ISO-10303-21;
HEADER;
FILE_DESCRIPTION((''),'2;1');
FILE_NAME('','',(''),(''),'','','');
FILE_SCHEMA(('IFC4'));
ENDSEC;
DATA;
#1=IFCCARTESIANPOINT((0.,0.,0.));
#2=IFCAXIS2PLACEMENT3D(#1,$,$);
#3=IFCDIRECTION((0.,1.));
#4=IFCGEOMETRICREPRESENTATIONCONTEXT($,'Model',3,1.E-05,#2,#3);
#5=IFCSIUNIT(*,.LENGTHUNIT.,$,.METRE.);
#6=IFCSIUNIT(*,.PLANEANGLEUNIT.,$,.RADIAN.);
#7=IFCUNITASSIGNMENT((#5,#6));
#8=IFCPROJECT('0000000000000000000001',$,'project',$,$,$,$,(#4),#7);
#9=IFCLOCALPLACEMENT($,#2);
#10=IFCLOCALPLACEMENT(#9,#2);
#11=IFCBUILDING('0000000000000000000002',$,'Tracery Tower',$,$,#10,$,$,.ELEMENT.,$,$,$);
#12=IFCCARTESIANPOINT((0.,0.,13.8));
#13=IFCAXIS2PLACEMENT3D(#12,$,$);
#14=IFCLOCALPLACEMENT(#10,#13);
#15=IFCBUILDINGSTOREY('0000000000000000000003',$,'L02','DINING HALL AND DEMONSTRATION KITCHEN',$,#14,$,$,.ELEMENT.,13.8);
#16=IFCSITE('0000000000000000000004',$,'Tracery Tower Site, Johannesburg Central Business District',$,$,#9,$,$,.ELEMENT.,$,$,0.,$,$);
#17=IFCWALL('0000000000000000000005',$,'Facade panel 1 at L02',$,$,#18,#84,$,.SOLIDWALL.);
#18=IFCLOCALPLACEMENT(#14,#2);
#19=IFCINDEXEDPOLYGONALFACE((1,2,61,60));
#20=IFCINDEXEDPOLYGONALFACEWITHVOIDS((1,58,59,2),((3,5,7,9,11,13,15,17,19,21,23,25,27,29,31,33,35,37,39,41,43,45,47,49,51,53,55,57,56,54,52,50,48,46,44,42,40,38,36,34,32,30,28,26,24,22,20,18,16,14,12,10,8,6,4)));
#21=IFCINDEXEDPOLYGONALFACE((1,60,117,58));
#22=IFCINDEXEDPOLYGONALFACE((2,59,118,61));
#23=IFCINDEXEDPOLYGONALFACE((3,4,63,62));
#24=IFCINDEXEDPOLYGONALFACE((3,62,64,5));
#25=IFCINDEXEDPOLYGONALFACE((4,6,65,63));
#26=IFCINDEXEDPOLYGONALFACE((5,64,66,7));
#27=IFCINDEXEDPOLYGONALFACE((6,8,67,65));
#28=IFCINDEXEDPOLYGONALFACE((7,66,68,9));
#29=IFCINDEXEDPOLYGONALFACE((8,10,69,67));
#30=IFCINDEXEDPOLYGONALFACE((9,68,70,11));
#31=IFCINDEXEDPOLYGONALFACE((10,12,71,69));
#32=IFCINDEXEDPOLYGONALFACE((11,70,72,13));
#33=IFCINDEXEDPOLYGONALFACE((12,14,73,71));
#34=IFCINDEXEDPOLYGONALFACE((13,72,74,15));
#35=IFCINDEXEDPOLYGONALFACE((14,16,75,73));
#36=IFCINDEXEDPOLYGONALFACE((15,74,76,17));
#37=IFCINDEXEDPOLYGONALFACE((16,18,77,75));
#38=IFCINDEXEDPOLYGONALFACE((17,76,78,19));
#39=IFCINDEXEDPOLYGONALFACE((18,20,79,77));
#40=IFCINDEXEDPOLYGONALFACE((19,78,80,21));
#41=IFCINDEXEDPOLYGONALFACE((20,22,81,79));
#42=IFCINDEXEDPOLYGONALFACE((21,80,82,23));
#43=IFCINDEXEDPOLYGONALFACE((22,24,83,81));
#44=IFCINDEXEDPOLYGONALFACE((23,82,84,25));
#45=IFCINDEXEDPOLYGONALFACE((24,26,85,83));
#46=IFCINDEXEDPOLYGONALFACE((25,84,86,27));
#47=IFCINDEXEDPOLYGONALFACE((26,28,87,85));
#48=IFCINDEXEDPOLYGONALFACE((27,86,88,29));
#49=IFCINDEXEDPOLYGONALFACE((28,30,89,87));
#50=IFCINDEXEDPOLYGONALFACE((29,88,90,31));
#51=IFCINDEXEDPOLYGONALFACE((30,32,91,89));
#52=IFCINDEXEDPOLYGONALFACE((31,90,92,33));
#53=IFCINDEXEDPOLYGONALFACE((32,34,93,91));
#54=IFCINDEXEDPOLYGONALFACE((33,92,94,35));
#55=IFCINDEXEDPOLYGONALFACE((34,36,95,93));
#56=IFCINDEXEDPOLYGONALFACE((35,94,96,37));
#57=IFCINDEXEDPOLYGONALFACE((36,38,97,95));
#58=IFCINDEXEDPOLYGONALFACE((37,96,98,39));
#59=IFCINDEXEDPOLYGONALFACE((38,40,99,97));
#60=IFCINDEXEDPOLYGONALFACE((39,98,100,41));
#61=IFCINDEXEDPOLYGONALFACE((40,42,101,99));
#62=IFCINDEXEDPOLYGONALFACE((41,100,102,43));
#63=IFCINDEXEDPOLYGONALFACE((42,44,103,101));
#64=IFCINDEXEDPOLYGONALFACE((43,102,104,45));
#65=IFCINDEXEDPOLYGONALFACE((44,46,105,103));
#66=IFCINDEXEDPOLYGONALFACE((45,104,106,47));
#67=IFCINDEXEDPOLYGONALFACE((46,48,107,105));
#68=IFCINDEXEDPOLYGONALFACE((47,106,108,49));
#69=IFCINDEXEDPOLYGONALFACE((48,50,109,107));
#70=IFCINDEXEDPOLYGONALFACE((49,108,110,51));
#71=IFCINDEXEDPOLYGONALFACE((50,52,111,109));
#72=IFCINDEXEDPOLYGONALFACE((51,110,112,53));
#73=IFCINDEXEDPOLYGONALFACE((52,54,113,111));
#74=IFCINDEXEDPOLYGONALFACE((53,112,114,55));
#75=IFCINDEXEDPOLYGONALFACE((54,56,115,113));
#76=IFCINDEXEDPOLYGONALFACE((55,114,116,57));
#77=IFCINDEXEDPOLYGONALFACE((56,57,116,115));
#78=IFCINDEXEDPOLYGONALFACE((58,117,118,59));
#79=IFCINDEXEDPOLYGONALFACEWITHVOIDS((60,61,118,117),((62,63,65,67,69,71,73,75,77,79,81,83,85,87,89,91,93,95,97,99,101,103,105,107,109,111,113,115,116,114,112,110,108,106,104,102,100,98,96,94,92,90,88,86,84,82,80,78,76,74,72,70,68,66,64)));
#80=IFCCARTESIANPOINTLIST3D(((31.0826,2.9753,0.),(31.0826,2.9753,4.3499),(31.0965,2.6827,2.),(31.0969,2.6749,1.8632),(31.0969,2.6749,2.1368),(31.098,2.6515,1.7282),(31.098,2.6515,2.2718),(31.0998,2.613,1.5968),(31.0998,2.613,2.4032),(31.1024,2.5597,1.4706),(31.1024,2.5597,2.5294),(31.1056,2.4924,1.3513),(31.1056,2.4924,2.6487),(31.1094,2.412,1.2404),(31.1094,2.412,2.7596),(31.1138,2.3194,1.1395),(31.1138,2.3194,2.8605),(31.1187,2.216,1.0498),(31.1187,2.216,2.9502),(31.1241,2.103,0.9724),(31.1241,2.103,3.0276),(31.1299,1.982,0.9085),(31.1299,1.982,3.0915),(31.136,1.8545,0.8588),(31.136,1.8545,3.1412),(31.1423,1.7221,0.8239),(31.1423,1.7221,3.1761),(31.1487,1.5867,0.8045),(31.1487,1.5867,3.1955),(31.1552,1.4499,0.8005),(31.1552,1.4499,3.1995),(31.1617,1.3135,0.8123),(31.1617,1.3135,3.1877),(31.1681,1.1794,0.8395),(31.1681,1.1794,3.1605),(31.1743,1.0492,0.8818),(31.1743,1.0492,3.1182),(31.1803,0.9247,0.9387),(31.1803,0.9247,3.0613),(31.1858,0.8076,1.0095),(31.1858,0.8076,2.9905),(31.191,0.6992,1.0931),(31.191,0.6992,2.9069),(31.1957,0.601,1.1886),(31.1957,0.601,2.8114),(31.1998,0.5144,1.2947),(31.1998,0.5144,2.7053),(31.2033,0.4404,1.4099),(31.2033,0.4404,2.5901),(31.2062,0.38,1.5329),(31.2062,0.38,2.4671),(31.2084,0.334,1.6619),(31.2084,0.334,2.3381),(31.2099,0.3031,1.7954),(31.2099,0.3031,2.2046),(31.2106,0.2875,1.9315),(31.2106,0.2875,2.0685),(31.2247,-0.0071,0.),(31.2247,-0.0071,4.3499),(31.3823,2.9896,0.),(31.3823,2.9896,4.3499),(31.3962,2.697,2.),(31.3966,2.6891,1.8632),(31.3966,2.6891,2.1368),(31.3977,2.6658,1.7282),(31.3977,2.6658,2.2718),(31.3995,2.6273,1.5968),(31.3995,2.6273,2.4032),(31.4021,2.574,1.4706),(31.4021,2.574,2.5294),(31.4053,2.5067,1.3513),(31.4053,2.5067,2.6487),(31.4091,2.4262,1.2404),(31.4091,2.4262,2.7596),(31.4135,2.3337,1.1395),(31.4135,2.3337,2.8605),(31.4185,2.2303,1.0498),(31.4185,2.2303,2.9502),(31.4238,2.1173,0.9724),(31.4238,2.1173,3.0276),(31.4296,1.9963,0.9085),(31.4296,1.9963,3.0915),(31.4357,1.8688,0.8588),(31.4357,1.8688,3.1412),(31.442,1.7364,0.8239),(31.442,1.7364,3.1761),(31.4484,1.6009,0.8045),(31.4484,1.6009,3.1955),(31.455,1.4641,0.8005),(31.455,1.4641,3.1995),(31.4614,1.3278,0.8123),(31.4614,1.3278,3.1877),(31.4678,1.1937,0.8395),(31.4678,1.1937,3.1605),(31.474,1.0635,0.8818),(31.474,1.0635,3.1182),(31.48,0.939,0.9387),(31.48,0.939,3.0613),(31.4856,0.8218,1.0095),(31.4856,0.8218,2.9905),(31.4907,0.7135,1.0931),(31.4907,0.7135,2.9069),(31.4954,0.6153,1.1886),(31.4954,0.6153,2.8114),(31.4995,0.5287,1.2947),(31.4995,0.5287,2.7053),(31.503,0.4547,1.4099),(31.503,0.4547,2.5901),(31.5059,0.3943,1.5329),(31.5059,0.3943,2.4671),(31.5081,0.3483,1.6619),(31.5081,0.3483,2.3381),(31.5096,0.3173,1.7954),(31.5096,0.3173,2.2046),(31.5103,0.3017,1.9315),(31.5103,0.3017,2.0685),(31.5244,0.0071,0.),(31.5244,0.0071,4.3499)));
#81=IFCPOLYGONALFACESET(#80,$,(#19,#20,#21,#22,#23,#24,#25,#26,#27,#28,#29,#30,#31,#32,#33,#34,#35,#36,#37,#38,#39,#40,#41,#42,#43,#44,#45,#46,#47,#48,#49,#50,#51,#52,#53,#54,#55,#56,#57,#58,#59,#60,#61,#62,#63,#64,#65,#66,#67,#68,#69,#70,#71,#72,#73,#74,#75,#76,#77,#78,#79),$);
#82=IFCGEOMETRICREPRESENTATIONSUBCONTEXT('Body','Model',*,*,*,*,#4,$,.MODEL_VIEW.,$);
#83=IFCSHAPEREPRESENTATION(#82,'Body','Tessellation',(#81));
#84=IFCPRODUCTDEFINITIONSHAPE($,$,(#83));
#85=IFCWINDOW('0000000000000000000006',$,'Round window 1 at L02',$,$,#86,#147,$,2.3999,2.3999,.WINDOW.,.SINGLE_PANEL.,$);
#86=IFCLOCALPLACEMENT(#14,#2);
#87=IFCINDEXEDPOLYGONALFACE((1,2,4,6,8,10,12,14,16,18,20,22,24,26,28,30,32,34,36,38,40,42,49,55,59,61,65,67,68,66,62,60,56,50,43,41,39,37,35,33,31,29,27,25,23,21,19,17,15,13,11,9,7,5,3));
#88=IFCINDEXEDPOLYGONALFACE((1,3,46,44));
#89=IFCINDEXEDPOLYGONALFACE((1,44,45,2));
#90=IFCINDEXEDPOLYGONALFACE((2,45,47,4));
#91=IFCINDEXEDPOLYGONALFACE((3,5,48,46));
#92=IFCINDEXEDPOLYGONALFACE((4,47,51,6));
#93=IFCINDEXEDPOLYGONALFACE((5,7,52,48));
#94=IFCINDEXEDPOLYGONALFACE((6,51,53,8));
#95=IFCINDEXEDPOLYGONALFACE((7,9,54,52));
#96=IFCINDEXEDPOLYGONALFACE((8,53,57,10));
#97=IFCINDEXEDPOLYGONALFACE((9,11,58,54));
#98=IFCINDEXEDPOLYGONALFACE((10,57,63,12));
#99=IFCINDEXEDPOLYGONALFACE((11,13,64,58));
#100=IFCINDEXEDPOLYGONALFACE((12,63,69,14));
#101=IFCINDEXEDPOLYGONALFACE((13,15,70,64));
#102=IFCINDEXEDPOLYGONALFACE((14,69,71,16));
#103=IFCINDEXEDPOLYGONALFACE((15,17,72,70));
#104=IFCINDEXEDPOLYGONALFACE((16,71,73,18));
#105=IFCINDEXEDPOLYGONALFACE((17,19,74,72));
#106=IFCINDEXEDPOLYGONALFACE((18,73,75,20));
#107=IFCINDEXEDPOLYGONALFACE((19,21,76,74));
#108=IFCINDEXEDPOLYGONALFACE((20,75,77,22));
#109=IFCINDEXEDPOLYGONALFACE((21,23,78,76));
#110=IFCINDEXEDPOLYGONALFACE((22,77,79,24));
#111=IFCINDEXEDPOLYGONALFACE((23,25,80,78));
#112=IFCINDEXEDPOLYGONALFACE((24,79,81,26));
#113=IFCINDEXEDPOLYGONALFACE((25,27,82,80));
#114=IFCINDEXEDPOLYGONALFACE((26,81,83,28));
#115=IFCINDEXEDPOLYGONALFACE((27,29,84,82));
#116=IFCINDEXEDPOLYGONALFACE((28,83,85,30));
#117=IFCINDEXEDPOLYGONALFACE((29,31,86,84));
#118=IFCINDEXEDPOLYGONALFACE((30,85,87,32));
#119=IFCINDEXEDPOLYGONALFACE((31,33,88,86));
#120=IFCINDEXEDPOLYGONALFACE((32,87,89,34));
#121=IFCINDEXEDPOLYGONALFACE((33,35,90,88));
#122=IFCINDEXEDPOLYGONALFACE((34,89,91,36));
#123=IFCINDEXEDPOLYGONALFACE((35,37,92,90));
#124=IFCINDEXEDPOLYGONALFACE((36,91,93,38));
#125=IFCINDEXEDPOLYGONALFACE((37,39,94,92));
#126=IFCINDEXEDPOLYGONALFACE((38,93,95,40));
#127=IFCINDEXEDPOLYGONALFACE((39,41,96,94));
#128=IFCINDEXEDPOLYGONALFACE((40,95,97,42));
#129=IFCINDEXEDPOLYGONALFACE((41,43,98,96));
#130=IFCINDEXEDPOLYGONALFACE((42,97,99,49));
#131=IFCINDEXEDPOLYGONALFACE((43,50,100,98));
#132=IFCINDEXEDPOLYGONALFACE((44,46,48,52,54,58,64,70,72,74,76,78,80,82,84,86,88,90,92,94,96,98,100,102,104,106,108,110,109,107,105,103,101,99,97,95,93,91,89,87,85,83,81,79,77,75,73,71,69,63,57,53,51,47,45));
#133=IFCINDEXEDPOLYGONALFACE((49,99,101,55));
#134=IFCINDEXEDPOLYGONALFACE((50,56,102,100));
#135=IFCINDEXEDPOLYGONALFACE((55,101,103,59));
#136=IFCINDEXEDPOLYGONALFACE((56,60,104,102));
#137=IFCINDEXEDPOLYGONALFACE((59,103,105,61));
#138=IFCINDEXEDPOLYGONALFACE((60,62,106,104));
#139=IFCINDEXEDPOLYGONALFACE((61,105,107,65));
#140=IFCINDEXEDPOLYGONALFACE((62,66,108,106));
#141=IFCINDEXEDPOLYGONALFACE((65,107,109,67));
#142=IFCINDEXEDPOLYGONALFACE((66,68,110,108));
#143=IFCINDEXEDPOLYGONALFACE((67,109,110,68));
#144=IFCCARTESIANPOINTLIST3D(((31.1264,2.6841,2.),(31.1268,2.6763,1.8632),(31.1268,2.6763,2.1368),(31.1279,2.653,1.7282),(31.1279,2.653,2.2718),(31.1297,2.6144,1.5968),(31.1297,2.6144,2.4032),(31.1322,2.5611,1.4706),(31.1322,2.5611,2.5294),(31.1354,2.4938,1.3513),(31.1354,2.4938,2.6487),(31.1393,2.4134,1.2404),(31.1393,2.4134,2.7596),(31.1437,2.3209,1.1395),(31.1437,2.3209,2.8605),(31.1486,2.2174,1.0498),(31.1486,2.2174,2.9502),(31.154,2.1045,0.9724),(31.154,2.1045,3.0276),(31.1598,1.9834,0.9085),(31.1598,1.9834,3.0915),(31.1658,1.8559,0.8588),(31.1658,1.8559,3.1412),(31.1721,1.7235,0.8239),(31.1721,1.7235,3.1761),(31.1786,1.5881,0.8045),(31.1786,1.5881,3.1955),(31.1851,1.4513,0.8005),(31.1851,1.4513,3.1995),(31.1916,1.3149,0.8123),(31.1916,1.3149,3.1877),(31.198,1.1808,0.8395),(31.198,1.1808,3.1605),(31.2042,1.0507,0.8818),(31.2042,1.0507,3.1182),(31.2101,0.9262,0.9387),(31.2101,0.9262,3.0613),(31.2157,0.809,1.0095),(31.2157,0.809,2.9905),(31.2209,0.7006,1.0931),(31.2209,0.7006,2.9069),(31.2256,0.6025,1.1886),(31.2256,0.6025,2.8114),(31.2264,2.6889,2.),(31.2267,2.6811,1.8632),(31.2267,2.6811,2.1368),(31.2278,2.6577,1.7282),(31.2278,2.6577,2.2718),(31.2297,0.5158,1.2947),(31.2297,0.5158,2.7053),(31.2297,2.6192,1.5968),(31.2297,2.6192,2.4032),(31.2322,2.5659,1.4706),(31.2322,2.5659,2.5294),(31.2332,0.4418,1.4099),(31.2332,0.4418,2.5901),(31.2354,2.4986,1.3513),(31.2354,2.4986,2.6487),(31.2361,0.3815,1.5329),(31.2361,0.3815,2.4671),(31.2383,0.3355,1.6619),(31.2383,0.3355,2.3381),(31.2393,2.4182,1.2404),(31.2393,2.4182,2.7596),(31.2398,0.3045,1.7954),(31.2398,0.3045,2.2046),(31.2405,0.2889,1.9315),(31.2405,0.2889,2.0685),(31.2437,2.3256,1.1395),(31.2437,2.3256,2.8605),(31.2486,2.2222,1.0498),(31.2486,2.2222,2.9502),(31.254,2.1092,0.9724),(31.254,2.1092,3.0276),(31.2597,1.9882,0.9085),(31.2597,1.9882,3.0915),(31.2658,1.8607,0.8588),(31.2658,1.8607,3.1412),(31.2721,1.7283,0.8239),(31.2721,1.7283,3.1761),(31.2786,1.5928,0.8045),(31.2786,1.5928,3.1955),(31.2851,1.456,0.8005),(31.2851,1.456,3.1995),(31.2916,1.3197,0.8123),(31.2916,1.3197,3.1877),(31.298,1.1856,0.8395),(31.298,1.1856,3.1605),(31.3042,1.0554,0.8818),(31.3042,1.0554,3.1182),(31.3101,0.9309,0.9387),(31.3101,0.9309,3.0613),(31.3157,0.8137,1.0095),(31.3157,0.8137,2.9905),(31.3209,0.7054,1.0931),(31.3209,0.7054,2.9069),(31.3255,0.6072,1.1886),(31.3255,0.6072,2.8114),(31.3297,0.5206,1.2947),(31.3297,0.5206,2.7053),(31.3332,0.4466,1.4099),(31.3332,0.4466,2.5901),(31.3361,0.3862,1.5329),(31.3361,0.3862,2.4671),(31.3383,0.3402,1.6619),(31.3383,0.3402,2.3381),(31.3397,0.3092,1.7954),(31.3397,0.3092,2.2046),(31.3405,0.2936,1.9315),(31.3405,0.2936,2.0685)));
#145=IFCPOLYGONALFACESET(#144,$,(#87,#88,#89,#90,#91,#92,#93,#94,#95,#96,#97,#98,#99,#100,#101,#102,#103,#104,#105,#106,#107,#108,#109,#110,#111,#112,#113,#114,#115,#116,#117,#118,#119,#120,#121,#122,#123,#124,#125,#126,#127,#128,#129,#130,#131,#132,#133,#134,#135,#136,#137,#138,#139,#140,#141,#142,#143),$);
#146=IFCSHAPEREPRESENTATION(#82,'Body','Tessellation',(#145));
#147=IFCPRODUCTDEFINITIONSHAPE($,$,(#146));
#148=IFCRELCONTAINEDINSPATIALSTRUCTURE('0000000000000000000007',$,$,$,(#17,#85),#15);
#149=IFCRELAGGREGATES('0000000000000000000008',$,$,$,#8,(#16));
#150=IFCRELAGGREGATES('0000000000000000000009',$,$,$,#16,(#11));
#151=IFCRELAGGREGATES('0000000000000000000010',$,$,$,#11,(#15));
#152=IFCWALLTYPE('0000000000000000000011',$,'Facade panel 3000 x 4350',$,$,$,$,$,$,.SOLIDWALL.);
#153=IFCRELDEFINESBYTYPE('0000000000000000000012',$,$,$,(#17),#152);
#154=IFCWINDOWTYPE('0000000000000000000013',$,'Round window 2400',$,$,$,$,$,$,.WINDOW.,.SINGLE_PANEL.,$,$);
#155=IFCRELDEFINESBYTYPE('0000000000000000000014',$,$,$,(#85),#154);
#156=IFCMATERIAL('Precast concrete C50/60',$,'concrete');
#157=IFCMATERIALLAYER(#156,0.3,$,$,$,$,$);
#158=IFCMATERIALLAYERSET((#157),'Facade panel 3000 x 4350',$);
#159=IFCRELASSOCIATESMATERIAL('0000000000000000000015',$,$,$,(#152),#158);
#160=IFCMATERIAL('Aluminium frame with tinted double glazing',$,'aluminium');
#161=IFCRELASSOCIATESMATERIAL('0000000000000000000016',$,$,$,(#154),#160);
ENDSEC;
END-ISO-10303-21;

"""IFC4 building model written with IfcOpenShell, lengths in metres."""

from ifc_helpers import new_model, si_unit, direction, frame, frame_2d, origin, origin_2d, place, context, subcontext, project, spatial, rectangle, circle, extrude, material, layer, layer_set, type_object, element, fill, save


model = new_model("IFC4")

# Units and contexts
model_context = context("Model", 3, precision=1e-05, world=origin(), true_north=direction((0.0, 1.0)))
body_context = subcontext(model_context, "Body", "Model", "MODEL_VIEW")
ifc_project = project(units=[si_unit("LENGTHUNIT", "METRE"), si_unit("PLANEANGLEUNIT", "RADIAN")], contexts=[model_context])

# Site, building, storey
site_placement = place(None, origin())
site = spatial("IfcSite", under=ifc_project, at=site_placement, Name="Tracery Tower Site, Johannesburg Central Business District", CompositionType="ELEMENT", RefElevation=0.0)
building_placement = place(site_placement, origin())
building = spatial("IfcBuilding", under=site, at=building_placement, Name="Tracery Tower", CompositionType="ELEMENT")
storey_placement = place(building_placement, frame((0.0, 0.0, 13.8)))
storey = spatial("IfcBuildingStorey", under=building, at=storey_placement, Name="L02", Description="DINING HALL AND DEMONSTRATION KITCHEN", CompositionType="ELEMENT", Elevation=13.8)

# Wall, opening, window
ifc_material_1 = material(Name="Precast concrete C50/60", Category="concrete")
ifc_layer_1 = layer(ifc_material_1, 0.3)
ifc_layer_set_1 = layer_set([ifc_layer_1], Name="Facade panel 3000 x 4350")
wall_type_1 = type_object("IfcWallType", Name="Facade panel 3000 x 4350", PredefinedType="SOLIDWALL", material=ifc_layer_set_1)
wall_1_placement = place(storey_placement, frame((31.3745, 0.0, 0.0), z_axis=(0.0, 0.0, 1.0), x_axis=(-0.047588, 0.998867, 0.0)))
wall_1 = element("IfcWall", 1, at=wall_1_placement, inside=storey, type_object=wall_type_1, Name="Facade panel 1 at L02", PredefinedType="SOLIDWALL", context=body_context, shape_type="SweptSolid", body=[
    extrude(rectangle(XDim=2.9858, YDim=0.3, at=frame_2d((1.4929, 0.0))), origin(), (0.0, 0.0, 1.0), 4.3499),
])
opening_1_placement = place(wall_1_placement, frame((1.4929, 0.0, 2.0)))
opening_1 = element("IfcOpeningElement", 2, at=opening_1_placement, cuts=wall_1, PredefinedType="OPENING", context=body_context, shape_type="SweptSolid", body=[
    extrude(circle(Radius=1.2, at=origin_2d()), frame((0.0, 0.1599, 0.0), z_axis=(0.0, -1.0, 0.0), x_axis=(1.0, 0.0, 0.0)), (0.0, 0.0, 1.0), 0.3201),
])
ifc_material_2 = material(Name="Aluminium frame with tinted double glazing", Category="aluminium")
window_type = type_object("IfcWindowType", Name="Round window 2400", PartitioningType="SINGLE_PANEL", PredefinedType="WINDOW", material=ifc_material_2)
window_1_placement = place(opening_1_placement, origin())
window_1 = element("IfcWindow", 3, at=window_1_placement, inside=storey, type_object=window_type, Name="Round window 1 at L02", OverallHeight=2.3999, OverallWidth=2.3999, PartitioningType="SINGLE_PANEL", PredefinedType="WINDOW", context=body_context, shape_type="SweptSolid", body=[
    extrude(circle(Radius=1.2, at=origin_2d()), frame((0.0, 0.1201, 0.0), z_axis=(0.0, -1.0, 0.0), x_axis=(1.0, 0.0, 0.0)), (0.0, 0.0, 1.0), 0.1001),
])
fill(opening_1, window_1)

save(model, "model.ifc")
